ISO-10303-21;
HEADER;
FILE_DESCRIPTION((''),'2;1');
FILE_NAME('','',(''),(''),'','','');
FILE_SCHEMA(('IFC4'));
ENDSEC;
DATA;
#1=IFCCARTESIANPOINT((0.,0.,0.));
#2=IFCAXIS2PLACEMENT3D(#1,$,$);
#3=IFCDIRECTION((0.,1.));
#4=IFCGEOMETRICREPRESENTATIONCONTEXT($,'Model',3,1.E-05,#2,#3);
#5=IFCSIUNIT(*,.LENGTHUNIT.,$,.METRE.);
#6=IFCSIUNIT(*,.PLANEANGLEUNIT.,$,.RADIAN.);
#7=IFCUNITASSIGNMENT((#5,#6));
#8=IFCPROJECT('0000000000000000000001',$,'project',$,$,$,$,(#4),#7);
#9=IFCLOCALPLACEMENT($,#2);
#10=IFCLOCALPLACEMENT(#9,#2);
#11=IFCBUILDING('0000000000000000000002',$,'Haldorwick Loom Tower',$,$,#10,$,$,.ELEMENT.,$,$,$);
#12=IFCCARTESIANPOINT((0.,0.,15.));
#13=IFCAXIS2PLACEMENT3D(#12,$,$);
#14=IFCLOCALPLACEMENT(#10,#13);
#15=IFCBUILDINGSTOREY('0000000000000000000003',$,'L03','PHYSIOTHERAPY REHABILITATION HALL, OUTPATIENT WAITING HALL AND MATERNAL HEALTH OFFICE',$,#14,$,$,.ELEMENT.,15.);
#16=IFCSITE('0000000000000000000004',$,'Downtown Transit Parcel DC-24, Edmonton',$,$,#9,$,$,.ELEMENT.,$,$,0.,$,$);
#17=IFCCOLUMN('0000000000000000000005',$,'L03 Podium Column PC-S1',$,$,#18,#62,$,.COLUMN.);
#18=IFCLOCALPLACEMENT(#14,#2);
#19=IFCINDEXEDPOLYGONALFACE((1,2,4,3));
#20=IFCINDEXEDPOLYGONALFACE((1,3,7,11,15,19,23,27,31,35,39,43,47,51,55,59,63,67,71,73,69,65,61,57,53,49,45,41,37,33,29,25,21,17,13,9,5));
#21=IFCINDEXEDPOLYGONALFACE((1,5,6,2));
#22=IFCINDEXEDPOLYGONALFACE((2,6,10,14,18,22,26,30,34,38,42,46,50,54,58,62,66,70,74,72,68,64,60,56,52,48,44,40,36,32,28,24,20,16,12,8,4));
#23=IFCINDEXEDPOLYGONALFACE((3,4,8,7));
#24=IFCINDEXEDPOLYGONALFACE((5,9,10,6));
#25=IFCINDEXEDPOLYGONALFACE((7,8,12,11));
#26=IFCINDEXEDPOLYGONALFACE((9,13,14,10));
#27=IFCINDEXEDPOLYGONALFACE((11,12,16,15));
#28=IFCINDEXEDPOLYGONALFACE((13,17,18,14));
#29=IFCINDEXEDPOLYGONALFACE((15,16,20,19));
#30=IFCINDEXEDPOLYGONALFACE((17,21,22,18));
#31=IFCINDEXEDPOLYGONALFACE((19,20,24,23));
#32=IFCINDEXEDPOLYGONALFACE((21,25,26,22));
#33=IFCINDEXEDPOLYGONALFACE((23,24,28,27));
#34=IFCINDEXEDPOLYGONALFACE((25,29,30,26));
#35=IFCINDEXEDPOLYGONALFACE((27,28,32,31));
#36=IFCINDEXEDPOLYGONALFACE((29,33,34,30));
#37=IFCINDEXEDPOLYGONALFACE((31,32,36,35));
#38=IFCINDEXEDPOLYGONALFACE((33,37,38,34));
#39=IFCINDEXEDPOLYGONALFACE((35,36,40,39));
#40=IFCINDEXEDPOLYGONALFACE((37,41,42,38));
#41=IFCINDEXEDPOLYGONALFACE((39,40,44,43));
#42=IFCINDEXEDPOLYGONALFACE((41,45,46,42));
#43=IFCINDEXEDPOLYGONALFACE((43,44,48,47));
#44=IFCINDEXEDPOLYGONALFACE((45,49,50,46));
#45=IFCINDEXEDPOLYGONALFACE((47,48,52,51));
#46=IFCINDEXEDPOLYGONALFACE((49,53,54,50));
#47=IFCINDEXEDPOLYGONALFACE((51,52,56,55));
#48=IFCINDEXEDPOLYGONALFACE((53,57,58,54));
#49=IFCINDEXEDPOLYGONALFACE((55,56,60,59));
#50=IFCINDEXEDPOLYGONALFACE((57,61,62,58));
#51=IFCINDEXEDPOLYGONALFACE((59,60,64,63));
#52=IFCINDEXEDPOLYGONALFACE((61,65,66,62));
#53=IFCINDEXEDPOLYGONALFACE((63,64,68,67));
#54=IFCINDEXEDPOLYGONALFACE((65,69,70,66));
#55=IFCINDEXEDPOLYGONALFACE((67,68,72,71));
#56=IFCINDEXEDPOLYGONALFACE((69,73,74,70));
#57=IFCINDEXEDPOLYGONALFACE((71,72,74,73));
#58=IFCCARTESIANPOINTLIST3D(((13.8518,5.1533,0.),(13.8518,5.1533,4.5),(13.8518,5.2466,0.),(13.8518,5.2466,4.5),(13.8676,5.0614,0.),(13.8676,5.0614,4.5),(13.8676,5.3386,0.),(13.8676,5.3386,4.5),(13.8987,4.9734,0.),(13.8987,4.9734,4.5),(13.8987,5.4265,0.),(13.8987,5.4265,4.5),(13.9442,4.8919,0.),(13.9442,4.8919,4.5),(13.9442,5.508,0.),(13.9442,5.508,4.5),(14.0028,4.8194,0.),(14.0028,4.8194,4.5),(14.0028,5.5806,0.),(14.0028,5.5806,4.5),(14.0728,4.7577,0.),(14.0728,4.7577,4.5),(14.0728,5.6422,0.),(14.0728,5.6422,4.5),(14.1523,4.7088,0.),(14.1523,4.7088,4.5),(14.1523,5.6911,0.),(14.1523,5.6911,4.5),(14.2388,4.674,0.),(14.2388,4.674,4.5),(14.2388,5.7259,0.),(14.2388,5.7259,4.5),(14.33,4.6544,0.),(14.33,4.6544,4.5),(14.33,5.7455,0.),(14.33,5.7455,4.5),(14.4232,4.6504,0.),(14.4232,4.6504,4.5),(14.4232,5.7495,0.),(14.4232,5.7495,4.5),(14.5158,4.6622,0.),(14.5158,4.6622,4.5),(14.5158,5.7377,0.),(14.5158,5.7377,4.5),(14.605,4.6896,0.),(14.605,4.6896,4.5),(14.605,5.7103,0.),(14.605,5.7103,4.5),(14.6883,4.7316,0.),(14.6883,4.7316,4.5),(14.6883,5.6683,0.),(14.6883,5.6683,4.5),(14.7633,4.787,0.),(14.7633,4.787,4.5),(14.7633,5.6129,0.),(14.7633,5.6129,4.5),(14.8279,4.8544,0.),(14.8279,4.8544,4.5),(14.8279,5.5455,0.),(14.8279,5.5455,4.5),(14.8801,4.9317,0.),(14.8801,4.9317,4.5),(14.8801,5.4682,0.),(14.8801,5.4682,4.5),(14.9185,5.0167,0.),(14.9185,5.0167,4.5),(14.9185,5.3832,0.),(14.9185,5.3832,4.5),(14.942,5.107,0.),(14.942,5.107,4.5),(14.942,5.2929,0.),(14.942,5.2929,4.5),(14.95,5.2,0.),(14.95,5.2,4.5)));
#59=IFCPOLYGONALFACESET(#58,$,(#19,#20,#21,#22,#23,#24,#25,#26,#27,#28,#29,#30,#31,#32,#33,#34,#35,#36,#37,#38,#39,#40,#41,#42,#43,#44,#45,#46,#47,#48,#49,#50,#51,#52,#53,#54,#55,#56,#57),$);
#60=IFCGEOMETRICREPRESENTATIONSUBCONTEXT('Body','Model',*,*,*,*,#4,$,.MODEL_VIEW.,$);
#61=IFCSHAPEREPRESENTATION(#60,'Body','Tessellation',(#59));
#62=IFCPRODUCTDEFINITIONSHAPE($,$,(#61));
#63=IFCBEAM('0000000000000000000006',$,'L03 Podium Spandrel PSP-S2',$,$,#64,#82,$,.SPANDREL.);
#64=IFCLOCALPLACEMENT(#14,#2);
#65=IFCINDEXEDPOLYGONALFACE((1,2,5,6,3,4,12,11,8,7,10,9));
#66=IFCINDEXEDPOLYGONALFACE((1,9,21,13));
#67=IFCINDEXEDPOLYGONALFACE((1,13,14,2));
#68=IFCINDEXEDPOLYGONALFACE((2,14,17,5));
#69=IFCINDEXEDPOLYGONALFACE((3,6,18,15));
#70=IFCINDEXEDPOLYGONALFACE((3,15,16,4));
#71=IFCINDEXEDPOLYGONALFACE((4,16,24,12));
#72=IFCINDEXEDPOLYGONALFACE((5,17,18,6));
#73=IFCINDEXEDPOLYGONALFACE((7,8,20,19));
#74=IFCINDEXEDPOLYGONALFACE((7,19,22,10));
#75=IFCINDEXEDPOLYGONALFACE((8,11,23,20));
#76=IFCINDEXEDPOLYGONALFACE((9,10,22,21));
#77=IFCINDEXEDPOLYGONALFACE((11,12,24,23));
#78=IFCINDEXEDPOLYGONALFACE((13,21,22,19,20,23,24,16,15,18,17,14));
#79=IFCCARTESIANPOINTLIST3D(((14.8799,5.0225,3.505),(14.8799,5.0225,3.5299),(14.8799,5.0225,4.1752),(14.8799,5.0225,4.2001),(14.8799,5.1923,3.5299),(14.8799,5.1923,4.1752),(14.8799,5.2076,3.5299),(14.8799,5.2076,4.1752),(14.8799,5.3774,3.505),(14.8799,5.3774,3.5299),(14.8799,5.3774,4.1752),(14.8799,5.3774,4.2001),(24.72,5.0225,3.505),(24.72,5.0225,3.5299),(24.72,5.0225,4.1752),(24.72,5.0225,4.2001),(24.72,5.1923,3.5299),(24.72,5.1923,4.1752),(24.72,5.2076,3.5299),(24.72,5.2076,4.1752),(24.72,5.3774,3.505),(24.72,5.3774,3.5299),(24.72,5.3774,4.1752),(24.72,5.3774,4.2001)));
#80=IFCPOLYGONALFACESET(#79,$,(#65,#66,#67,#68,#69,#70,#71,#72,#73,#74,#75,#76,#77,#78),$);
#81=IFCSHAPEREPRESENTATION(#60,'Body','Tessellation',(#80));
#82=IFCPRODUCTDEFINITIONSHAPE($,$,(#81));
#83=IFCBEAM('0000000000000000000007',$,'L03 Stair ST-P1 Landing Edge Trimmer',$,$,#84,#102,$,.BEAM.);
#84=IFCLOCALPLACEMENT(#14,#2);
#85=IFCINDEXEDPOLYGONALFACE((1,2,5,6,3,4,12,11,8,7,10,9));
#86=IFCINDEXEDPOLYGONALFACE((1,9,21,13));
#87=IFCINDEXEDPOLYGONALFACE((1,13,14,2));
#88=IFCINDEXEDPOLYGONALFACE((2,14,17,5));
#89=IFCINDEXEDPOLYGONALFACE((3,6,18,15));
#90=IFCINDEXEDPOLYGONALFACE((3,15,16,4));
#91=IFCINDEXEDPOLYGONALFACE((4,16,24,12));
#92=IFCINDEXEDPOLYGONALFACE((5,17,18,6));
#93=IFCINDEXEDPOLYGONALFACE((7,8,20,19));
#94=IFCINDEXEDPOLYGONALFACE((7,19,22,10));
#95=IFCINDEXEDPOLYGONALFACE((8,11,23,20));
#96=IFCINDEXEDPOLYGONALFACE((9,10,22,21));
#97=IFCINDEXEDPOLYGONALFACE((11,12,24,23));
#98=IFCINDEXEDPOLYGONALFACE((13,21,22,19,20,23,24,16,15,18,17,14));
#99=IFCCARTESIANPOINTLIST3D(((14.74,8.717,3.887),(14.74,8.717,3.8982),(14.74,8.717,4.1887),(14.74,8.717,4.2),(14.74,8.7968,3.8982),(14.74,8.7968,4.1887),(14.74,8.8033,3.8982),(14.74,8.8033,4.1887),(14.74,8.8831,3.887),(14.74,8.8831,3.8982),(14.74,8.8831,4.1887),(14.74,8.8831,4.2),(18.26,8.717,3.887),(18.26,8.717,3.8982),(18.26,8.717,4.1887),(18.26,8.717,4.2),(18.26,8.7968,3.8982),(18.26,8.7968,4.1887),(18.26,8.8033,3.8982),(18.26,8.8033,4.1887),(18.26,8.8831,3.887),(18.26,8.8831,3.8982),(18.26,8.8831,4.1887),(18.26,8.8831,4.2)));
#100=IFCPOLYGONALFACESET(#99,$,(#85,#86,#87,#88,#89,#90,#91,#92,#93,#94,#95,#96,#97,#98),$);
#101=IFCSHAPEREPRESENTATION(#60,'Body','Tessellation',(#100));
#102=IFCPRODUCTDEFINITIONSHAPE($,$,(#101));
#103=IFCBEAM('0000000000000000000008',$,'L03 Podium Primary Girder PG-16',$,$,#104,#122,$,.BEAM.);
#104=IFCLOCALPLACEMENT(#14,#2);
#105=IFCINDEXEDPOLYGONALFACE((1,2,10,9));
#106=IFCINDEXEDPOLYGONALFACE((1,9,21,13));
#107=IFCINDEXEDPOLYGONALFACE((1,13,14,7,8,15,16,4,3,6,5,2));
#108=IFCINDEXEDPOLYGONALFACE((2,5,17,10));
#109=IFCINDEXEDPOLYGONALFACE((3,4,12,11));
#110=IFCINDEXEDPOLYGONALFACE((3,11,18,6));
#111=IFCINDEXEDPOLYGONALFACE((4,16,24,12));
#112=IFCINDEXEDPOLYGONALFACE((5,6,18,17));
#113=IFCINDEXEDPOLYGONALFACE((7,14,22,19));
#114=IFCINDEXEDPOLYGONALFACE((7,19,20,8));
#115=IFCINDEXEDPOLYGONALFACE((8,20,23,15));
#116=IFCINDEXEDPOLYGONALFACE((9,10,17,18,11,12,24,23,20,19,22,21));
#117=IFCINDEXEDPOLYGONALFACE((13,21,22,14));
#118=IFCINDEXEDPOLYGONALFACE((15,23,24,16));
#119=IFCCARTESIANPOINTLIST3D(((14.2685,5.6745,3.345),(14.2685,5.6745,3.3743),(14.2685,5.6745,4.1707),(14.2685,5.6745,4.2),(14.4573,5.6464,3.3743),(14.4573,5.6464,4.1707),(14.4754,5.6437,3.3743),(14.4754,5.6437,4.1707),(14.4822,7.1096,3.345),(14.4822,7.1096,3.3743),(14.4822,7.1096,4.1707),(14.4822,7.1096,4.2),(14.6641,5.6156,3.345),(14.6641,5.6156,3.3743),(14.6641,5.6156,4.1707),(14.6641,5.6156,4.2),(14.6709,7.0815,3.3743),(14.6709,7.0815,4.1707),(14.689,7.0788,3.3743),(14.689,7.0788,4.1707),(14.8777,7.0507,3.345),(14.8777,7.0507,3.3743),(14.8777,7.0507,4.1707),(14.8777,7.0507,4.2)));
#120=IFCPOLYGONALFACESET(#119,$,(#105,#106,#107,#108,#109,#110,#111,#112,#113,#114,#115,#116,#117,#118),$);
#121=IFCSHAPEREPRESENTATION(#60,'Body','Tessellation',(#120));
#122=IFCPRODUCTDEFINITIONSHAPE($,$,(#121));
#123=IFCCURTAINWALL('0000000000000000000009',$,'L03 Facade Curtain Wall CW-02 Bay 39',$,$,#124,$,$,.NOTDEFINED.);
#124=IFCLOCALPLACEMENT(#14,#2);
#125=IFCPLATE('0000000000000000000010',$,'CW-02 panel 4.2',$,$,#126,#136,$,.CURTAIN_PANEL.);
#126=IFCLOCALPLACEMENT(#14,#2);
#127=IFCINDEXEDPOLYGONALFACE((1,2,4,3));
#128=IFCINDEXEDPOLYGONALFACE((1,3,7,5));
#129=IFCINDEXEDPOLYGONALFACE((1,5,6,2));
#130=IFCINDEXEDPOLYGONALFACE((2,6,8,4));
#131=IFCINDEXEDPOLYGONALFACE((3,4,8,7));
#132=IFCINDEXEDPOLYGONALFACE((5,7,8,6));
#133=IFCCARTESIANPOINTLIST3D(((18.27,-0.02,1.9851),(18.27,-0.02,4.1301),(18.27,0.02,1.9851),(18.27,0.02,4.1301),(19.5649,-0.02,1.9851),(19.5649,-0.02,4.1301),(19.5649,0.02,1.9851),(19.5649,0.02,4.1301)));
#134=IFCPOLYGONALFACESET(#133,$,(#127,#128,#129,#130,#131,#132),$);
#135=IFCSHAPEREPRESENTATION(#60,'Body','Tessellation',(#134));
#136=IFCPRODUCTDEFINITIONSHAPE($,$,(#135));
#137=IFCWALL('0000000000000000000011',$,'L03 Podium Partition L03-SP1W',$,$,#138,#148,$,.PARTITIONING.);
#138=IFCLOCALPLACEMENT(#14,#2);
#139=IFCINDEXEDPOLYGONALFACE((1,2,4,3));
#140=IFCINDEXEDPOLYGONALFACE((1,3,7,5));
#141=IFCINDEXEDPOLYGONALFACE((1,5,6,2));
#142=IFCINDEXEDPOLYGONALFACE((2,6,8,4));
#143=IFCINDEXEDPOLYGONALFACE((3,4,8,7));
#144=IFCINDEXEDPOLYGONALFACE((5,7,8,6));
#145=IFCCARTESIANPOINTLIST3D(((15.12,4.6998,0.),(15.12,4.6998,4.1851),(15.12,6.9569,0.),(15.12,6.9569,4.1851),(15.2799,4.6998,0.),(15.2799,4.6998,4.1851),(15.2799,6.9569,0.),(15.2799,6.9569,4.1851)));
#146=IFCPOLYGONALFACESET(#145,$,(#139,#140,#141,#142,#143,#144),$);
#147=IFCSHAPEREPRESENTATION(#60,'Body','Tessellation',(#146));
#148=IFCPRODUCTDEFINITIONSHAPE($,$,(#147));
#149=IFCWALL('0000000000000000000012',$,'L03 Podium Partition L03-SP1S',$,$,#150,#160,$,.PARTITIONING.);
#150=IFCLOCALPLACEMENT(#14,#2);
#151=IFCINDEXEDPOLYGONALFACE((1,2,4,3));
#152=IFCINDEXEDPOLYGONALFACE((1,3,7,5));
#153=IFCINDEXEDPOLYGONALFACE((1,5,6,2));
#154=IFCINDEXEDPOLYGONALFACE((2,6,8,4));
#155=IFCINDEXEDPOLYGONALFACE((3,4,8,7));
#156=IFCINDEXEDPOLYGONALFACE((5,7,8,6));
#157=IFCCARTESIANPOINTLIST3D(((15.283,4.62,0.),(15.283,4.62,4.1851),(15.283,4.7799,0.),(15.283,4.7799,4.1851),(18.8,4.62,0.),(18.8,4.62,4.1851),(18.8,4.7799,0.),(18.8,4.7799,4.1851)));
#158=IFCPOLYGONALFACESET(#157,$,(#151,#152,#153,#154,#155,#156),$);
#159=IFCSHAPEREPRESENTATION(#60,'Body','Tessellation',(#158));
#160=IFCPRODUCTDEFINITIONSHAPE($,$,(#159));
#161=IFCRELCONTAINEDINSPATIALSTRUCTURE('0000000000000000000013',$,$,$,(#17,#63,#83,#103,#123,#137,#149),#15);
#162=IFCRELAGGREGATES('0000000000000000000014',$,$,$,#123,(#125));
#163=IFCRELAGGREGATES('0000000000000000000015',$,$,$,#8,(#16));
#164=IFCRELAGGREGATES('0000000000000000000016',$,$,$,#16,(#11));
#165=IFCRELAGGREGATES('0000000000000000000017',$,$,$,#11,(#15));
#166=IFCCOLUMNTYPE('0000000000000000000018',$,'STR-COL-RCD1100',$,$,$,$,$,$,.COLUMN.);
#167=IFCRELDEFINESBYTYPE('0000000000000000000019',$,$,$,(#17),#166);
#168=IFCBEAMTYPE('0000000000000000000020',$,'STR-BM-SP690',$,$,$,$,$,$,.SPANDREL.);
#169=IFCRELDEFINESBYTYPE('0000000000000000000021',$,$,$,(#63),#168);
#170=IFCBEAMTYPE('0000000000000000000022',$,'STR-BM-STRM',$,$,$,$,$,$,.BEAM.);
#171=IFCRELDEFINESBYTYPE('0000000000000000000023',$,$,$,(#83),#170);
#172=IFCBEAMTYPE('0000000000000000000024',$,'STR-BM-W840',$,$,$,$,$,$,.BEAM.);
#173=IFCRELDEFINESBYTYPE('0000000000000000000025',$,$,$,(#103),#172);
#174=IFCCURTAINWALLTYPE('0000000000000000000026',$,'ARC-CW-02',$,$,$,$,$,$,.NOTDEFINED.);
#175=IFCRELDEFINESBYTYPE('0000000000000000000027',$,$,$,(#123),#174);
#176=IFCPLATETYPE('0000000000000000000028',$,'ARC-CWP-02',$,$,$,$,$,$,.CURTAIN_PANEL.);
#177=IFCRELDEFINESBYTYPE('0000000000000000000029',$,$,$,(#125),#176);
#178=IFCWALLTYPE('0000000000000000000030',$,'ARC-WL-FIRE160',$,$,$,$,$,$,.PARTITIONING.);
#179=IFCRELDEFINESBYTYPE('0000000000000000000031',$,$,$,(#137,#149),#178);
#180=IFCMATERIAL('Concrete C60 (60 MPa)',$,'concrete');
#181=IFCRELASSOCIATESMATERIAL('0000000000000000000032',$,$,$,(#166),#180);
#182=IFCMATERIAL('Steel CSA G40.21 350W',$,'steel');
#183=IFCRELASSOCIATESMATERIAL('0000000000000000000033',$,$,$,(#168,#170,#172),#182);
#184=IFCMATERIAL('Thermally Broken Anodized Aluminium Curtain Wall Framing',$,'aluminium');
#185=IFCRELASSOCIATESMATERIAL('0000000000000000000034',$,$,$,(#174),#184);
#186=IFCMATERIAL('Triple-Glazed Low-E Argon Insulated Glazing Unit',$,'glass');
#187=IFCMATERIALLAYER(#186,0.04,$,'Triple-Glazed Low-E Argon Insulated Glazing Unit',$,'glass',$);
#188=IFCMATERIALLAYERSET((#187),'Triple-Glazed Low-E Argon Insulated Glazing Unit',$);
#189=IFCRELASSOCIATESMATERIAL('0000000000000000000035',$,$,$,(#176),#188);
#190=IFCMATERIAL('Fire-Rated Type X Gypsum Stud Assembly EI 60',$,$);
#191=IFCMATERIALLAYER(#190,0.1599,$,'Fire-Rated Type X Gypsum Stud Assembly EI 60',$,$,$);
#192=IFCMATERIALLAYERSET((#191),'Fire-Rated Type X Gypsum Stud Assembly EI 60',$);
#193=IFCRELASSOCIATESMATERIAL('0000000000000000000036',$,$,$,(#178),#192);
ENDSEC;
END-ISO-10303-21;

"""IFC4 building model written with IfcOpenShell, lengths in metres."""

from ifc_helpers import new_model, si_unit, direction, frame, frame_2d, origin, origin_2d, place, context, subcontext, project, spatial, rectangle, circle, i_section, extrude, material, layer, layer_set, material_profile, profile_set, type_object, element, aggregate, save


model = new_model("IFC4")

# Units and contexts
model_context = context("Model", 3, precision=1e-05, world=origin(), true_north=direction((0.0, 1.0)))
body_context = subcontext(model_context, "Body", "Model", "MODEL_VIEW")
ifc_project = project(units=[si_unit("LENGTHUNIT", "METRE"), si_unit("PLANEANGLEUNIT", "RADIAN")], contexts=[model_context])

# Site, building, storey
site_placement = place(None, origin())
site = spatial("IfcSite", under=ifc_project, at=site_placement, Name="Downtown Transit Parcel DC-24, Edmonton", CompositionType="ELEMENT", RefElevation=0.0)
building_placement = place(site_placement, origin())
building = spatial("IfcBuilding", under=site, at=building_placement, Name="Haldorwick Loom Tower", CompositionType="ELEMENT")
storey_placement = place(building_placement, frame((0.0, 0.0, 15.0)))
storey = spatial("IfcBuildingStorey", under=building, at=storey_placement, Name="L03", Description="PHYSIOTHERAPY REHABILITATION HALL, OUTPATIENT WAITING HALL AND MATERNAL HEALTH OFFICE", CompositionType="ELEMENT", Elevation=15.0)

# Column
ifc_material_1 = material(Name="Concrete C60 (60 MPa)", Category="concrete")
ifc_material_profile_1 = material_profile(ifc_material_1, circle(Radius=0.55, at=origin_2d()), Name="RCD1100", Category="concrete")
ifc_profile_set_1 = profile_set([ifc_material_profile_1], Name="Concrete C60 (60 MPa)")
column_type = type_object("IfcColumnType", Name="STR-COL-RCD1100", PredefinedType="COLUMN", material=ifc_profile_set_1)
column_placement = place(storey_placement, frame((14.3999, 5.2, 0.0), z_axis=(0.0, 0.0, 1.0), x_axis=(1.0, 0.0, 0.0)))
element("IfcColumn", 1, at=column_placement, inside=storey, type_object=column_type, Name="L03 Podium Column PC-S1", PredefinedType="COLUMN", context=body_context, shape_type="SweptSolid", body=[
    extrude(circle(Radius=0.55, at=origin_2d()), origin(), (0.0, 0.0, 1.0), 4.5),
])

# Beams
ifc_material_2 = material(Name="Steel CSA G40.21 350W", Category="steel")
ifc_material_profile_2 = material_profile(ifc_material_2, i_section(OverallWidth=0.355, OverallDepth=0.6951, WebThickness=0.0154, FlangeThickness=0.0249, at=origin_2d()), Name="W690X217", Category="steel")
ifc_profile_set_2 = profile_set([ifc_material_profile_2], Name="Steel CSA G40.21 350W")
beam_type_1 = type_object("IfcBeamType", Name="STR-BM-SP690", PredefinedType="SPANDREL", material=ifc_profile_set_2)
beam_1_placement = place(storey_placement, frame((14.8799, 5.2, 3.8525), z_axis=(1.0, 0.0, 0.0), x_axis=(0.0, 1.0, 0.0)))
element("IfcBeam", 2, at=beam_1_placement, inside=storey, type_object=beam_type_1, Name="L03 Podium Spandrel PSP-S2", PredefinedType="SPANDREL", context=body_context, shape_type="SweptSolid", body=[
    extrude(i_section(OverallWidth=0.355, OverallDepth=0.6951, WebThickness=0.0154, FlangeThickness=0.0249, at=origin_2d()), origin(), (0.0, 0.0, 1.0), 9.8401),
])
ifc_material_profile_3 = material_profile(ifc_material_2, i_section(OverallWidth=0.166, OverallDepth=0.313, WebThickness=0.0066, FlangeThickness=0.0112, at=origin_2d()), Name="W310X45", Category="steel")
ifc_profile_set_3 = profile_set([ifc_material_profile_3], Name="Steel CSA G40.21 350W")
beam_type_2 = type_object("IfcBeamType", Name="STR-BM-STRM", PredefinedType="BEAM", material=ifc_profile_set_3)
beam_2_placement = place(storey_placement, frame((14.74, 8.8, 4.0435), z_axis=(1.0, 0.0, 0.0), x_axis=(0.0, 1.0, 0.0)))
element("IfcBeam", 3, at=beam_2_placement, inside=storey, type_object=beam_type_2, Name="L03 Stair ST-P1 Landing Edge Trimmer", PredefinedType="BEAM", context=body_context, shape_type="SweptSolid", body=[
    extrude(i_section(OverallWidth=0.166, OverallDepth=0.313, WebThickness=0.0066, FlangeThickness=0.0112, at=origin_2d()), origin(), (0.0, 0.0, 1.0), 3.52),
])
ifc_material_profile_4 = material_profile(ifc_material_2, i_section(OverallWidth=0.3999, OverallDepth=0.855, WebThickness=0.0183, FlangeThickness=0.0293, at=origin_2d()), Name="W840X299", Category="steel")
ifc_profile_set_4 = profile_set([ifc_material_profile_4], Name="Steel CSA G40.21 350W")
beam_type_3 = type_object("IfcBeamType", Name="STR-BM-W840", PredefinedType="BEAM", material=ifc_profile_set_4)
beam_3_placement = place(storey_placement, frame((14.4663, 5.645, 3.7725), z_axis=(0.147238, 0.989101, 0.0), x_axis=(-0.989101, 0.147238, 0.0)))
element("IfcBeam", 4, at=beam_3_placement, inside=storey, type_object=beam_type_3, Name="L03 Podium Primary Girder PG-16", PredefinedType="BEAM", context=body_context, shape_type="SweptSolid", body=[
    extrude(i_section(OverallWidth=0.3999, OverallDepth=0.855, WebThickness=0.0183, FlangeThickness=0.0293, at=origin_2d()), origin(), (0.0, 0.0, 1.0), 1.4509),
])

# Curtain wall, plate
ifc_material_3 = material(Name="Thermally Broken Anodized Aluminium Curtain Wall Framing", Category="aluminium")
curtain_wall_type = type_object("IfcCurtainWallType", Name="ARC-CW-02", PredefinedType="NOTDEFINED", material=ifc_material_3)
curtain_wall_placement = place(storey_placement, origin())
curtain_wall = element("IfcCurtainWall", 5, at=curtain_wall_placement, inside=storey, type_object=curtain_wall_type, Name="L03 Facade Curtain Wall CW-02 Bay 39", PredefinedType="NOTDEFINED")
ifc_material_4 = material(Name="Triple-Glazed Low-E Argon Insulated Glazing Unit", Category="glass")
ifc_layer_1 = layer(ifc_material_4, 0.04, Name="Triple-Glazed Low-E Argon Insulated Glazing Unit", Category="glass")
ifc_layer_set_1 = layer_set([ifc_layer_1], Name="Triple-Glazed Low-E Argon Insulated Glazing Unit")
plate_type = type_object("IfcPlateType", Name="ARC-CWP-02", PredefinedType="CURTAIN_PANEL", material=ifc_layer_set_1)
plate_placement = place(storey_placement, frame((18.9175, 0.0, 1.9851), z_axis=(0.0, 0.0, 1.0), x_axis=(1.0, 0.0, 0.0)))
plate = element("IfcPlate", 6, at=plate_placement, type_object=plate_type, Name="CW-02 panel 4.2", PredefinedType="CURTAIN_PANEL", context=body_context, shape_type="SweptSolid", body=[
    extrude(rectangle(XDim=1.2949, YDim=0.04, at=origin_2d()), origin(), (0.0, 0.0, 1.0), 2.145),
])
aggregate(curtain_wall, [plate])

# Walls
ifc_material_5 = material(Name="Fire-Rated Type X Gypsum Stud Assembly EI 60")
ifc_layer_2 = layer(ifc_material_5, 0.1599, Name="Fire-Rated Type X Gypsum Stud Assembly EI 60")
ifc_layer_set_2 = layer_set([ifc_layer_2], Name="Fire-Rated Type X Gypsum Stud Assembly EI 60")
wall_type_1 = type_object("IfcWallType", Name="ARC-WL-FIRE160", PredefinedType="PARTITIONING", material=ifc_layer_set_2)
wall_1_placement = place(storey_placement, frame((15.2, 4.7, 0.0), z_axis=(0.0, 0.0, 1.0), x_axis=(0.0, 1.0, 0.0)))
element("IfcWall", 7, at=wall_1_placement, inside=storey, type_object=wall_type_1, Name="L03 Podium Partition L03-SP1W", PredefinedType="PARTITIONING", context=body_context, shape_type="SweptSolid", body=[
    extrude(rectangle(XDim=2.2571, YDim=0.1599, at=frame_2d((1.1284, 0.0))), origin(), (0.0, 0.0, 1.0), 4.1851),
])
wall_2_placement = place(storey_placement, frame((15.283, 4.7, 0.0), z_axis=(0.0, 0.0, 1.0), x_axis=(1.0, 0.0, 0.0)))
element("IfcWall", 8, at=wall_2_placement, inside=storey, type_object=wall_type_1, Name="L03 Podium Partition L03-SP1S", PredefinedType="PARTITIONING", context=body_context, shape_type="SweptSolid", body=[
    extrude(rectangle(XDim=3.5171, YDim=0.1599, at=frame_2d((1.7585, 0.0))), origin(), (0.0, 0.0, 1.0), 4.1851),
])

save(model, "model.ifc")
